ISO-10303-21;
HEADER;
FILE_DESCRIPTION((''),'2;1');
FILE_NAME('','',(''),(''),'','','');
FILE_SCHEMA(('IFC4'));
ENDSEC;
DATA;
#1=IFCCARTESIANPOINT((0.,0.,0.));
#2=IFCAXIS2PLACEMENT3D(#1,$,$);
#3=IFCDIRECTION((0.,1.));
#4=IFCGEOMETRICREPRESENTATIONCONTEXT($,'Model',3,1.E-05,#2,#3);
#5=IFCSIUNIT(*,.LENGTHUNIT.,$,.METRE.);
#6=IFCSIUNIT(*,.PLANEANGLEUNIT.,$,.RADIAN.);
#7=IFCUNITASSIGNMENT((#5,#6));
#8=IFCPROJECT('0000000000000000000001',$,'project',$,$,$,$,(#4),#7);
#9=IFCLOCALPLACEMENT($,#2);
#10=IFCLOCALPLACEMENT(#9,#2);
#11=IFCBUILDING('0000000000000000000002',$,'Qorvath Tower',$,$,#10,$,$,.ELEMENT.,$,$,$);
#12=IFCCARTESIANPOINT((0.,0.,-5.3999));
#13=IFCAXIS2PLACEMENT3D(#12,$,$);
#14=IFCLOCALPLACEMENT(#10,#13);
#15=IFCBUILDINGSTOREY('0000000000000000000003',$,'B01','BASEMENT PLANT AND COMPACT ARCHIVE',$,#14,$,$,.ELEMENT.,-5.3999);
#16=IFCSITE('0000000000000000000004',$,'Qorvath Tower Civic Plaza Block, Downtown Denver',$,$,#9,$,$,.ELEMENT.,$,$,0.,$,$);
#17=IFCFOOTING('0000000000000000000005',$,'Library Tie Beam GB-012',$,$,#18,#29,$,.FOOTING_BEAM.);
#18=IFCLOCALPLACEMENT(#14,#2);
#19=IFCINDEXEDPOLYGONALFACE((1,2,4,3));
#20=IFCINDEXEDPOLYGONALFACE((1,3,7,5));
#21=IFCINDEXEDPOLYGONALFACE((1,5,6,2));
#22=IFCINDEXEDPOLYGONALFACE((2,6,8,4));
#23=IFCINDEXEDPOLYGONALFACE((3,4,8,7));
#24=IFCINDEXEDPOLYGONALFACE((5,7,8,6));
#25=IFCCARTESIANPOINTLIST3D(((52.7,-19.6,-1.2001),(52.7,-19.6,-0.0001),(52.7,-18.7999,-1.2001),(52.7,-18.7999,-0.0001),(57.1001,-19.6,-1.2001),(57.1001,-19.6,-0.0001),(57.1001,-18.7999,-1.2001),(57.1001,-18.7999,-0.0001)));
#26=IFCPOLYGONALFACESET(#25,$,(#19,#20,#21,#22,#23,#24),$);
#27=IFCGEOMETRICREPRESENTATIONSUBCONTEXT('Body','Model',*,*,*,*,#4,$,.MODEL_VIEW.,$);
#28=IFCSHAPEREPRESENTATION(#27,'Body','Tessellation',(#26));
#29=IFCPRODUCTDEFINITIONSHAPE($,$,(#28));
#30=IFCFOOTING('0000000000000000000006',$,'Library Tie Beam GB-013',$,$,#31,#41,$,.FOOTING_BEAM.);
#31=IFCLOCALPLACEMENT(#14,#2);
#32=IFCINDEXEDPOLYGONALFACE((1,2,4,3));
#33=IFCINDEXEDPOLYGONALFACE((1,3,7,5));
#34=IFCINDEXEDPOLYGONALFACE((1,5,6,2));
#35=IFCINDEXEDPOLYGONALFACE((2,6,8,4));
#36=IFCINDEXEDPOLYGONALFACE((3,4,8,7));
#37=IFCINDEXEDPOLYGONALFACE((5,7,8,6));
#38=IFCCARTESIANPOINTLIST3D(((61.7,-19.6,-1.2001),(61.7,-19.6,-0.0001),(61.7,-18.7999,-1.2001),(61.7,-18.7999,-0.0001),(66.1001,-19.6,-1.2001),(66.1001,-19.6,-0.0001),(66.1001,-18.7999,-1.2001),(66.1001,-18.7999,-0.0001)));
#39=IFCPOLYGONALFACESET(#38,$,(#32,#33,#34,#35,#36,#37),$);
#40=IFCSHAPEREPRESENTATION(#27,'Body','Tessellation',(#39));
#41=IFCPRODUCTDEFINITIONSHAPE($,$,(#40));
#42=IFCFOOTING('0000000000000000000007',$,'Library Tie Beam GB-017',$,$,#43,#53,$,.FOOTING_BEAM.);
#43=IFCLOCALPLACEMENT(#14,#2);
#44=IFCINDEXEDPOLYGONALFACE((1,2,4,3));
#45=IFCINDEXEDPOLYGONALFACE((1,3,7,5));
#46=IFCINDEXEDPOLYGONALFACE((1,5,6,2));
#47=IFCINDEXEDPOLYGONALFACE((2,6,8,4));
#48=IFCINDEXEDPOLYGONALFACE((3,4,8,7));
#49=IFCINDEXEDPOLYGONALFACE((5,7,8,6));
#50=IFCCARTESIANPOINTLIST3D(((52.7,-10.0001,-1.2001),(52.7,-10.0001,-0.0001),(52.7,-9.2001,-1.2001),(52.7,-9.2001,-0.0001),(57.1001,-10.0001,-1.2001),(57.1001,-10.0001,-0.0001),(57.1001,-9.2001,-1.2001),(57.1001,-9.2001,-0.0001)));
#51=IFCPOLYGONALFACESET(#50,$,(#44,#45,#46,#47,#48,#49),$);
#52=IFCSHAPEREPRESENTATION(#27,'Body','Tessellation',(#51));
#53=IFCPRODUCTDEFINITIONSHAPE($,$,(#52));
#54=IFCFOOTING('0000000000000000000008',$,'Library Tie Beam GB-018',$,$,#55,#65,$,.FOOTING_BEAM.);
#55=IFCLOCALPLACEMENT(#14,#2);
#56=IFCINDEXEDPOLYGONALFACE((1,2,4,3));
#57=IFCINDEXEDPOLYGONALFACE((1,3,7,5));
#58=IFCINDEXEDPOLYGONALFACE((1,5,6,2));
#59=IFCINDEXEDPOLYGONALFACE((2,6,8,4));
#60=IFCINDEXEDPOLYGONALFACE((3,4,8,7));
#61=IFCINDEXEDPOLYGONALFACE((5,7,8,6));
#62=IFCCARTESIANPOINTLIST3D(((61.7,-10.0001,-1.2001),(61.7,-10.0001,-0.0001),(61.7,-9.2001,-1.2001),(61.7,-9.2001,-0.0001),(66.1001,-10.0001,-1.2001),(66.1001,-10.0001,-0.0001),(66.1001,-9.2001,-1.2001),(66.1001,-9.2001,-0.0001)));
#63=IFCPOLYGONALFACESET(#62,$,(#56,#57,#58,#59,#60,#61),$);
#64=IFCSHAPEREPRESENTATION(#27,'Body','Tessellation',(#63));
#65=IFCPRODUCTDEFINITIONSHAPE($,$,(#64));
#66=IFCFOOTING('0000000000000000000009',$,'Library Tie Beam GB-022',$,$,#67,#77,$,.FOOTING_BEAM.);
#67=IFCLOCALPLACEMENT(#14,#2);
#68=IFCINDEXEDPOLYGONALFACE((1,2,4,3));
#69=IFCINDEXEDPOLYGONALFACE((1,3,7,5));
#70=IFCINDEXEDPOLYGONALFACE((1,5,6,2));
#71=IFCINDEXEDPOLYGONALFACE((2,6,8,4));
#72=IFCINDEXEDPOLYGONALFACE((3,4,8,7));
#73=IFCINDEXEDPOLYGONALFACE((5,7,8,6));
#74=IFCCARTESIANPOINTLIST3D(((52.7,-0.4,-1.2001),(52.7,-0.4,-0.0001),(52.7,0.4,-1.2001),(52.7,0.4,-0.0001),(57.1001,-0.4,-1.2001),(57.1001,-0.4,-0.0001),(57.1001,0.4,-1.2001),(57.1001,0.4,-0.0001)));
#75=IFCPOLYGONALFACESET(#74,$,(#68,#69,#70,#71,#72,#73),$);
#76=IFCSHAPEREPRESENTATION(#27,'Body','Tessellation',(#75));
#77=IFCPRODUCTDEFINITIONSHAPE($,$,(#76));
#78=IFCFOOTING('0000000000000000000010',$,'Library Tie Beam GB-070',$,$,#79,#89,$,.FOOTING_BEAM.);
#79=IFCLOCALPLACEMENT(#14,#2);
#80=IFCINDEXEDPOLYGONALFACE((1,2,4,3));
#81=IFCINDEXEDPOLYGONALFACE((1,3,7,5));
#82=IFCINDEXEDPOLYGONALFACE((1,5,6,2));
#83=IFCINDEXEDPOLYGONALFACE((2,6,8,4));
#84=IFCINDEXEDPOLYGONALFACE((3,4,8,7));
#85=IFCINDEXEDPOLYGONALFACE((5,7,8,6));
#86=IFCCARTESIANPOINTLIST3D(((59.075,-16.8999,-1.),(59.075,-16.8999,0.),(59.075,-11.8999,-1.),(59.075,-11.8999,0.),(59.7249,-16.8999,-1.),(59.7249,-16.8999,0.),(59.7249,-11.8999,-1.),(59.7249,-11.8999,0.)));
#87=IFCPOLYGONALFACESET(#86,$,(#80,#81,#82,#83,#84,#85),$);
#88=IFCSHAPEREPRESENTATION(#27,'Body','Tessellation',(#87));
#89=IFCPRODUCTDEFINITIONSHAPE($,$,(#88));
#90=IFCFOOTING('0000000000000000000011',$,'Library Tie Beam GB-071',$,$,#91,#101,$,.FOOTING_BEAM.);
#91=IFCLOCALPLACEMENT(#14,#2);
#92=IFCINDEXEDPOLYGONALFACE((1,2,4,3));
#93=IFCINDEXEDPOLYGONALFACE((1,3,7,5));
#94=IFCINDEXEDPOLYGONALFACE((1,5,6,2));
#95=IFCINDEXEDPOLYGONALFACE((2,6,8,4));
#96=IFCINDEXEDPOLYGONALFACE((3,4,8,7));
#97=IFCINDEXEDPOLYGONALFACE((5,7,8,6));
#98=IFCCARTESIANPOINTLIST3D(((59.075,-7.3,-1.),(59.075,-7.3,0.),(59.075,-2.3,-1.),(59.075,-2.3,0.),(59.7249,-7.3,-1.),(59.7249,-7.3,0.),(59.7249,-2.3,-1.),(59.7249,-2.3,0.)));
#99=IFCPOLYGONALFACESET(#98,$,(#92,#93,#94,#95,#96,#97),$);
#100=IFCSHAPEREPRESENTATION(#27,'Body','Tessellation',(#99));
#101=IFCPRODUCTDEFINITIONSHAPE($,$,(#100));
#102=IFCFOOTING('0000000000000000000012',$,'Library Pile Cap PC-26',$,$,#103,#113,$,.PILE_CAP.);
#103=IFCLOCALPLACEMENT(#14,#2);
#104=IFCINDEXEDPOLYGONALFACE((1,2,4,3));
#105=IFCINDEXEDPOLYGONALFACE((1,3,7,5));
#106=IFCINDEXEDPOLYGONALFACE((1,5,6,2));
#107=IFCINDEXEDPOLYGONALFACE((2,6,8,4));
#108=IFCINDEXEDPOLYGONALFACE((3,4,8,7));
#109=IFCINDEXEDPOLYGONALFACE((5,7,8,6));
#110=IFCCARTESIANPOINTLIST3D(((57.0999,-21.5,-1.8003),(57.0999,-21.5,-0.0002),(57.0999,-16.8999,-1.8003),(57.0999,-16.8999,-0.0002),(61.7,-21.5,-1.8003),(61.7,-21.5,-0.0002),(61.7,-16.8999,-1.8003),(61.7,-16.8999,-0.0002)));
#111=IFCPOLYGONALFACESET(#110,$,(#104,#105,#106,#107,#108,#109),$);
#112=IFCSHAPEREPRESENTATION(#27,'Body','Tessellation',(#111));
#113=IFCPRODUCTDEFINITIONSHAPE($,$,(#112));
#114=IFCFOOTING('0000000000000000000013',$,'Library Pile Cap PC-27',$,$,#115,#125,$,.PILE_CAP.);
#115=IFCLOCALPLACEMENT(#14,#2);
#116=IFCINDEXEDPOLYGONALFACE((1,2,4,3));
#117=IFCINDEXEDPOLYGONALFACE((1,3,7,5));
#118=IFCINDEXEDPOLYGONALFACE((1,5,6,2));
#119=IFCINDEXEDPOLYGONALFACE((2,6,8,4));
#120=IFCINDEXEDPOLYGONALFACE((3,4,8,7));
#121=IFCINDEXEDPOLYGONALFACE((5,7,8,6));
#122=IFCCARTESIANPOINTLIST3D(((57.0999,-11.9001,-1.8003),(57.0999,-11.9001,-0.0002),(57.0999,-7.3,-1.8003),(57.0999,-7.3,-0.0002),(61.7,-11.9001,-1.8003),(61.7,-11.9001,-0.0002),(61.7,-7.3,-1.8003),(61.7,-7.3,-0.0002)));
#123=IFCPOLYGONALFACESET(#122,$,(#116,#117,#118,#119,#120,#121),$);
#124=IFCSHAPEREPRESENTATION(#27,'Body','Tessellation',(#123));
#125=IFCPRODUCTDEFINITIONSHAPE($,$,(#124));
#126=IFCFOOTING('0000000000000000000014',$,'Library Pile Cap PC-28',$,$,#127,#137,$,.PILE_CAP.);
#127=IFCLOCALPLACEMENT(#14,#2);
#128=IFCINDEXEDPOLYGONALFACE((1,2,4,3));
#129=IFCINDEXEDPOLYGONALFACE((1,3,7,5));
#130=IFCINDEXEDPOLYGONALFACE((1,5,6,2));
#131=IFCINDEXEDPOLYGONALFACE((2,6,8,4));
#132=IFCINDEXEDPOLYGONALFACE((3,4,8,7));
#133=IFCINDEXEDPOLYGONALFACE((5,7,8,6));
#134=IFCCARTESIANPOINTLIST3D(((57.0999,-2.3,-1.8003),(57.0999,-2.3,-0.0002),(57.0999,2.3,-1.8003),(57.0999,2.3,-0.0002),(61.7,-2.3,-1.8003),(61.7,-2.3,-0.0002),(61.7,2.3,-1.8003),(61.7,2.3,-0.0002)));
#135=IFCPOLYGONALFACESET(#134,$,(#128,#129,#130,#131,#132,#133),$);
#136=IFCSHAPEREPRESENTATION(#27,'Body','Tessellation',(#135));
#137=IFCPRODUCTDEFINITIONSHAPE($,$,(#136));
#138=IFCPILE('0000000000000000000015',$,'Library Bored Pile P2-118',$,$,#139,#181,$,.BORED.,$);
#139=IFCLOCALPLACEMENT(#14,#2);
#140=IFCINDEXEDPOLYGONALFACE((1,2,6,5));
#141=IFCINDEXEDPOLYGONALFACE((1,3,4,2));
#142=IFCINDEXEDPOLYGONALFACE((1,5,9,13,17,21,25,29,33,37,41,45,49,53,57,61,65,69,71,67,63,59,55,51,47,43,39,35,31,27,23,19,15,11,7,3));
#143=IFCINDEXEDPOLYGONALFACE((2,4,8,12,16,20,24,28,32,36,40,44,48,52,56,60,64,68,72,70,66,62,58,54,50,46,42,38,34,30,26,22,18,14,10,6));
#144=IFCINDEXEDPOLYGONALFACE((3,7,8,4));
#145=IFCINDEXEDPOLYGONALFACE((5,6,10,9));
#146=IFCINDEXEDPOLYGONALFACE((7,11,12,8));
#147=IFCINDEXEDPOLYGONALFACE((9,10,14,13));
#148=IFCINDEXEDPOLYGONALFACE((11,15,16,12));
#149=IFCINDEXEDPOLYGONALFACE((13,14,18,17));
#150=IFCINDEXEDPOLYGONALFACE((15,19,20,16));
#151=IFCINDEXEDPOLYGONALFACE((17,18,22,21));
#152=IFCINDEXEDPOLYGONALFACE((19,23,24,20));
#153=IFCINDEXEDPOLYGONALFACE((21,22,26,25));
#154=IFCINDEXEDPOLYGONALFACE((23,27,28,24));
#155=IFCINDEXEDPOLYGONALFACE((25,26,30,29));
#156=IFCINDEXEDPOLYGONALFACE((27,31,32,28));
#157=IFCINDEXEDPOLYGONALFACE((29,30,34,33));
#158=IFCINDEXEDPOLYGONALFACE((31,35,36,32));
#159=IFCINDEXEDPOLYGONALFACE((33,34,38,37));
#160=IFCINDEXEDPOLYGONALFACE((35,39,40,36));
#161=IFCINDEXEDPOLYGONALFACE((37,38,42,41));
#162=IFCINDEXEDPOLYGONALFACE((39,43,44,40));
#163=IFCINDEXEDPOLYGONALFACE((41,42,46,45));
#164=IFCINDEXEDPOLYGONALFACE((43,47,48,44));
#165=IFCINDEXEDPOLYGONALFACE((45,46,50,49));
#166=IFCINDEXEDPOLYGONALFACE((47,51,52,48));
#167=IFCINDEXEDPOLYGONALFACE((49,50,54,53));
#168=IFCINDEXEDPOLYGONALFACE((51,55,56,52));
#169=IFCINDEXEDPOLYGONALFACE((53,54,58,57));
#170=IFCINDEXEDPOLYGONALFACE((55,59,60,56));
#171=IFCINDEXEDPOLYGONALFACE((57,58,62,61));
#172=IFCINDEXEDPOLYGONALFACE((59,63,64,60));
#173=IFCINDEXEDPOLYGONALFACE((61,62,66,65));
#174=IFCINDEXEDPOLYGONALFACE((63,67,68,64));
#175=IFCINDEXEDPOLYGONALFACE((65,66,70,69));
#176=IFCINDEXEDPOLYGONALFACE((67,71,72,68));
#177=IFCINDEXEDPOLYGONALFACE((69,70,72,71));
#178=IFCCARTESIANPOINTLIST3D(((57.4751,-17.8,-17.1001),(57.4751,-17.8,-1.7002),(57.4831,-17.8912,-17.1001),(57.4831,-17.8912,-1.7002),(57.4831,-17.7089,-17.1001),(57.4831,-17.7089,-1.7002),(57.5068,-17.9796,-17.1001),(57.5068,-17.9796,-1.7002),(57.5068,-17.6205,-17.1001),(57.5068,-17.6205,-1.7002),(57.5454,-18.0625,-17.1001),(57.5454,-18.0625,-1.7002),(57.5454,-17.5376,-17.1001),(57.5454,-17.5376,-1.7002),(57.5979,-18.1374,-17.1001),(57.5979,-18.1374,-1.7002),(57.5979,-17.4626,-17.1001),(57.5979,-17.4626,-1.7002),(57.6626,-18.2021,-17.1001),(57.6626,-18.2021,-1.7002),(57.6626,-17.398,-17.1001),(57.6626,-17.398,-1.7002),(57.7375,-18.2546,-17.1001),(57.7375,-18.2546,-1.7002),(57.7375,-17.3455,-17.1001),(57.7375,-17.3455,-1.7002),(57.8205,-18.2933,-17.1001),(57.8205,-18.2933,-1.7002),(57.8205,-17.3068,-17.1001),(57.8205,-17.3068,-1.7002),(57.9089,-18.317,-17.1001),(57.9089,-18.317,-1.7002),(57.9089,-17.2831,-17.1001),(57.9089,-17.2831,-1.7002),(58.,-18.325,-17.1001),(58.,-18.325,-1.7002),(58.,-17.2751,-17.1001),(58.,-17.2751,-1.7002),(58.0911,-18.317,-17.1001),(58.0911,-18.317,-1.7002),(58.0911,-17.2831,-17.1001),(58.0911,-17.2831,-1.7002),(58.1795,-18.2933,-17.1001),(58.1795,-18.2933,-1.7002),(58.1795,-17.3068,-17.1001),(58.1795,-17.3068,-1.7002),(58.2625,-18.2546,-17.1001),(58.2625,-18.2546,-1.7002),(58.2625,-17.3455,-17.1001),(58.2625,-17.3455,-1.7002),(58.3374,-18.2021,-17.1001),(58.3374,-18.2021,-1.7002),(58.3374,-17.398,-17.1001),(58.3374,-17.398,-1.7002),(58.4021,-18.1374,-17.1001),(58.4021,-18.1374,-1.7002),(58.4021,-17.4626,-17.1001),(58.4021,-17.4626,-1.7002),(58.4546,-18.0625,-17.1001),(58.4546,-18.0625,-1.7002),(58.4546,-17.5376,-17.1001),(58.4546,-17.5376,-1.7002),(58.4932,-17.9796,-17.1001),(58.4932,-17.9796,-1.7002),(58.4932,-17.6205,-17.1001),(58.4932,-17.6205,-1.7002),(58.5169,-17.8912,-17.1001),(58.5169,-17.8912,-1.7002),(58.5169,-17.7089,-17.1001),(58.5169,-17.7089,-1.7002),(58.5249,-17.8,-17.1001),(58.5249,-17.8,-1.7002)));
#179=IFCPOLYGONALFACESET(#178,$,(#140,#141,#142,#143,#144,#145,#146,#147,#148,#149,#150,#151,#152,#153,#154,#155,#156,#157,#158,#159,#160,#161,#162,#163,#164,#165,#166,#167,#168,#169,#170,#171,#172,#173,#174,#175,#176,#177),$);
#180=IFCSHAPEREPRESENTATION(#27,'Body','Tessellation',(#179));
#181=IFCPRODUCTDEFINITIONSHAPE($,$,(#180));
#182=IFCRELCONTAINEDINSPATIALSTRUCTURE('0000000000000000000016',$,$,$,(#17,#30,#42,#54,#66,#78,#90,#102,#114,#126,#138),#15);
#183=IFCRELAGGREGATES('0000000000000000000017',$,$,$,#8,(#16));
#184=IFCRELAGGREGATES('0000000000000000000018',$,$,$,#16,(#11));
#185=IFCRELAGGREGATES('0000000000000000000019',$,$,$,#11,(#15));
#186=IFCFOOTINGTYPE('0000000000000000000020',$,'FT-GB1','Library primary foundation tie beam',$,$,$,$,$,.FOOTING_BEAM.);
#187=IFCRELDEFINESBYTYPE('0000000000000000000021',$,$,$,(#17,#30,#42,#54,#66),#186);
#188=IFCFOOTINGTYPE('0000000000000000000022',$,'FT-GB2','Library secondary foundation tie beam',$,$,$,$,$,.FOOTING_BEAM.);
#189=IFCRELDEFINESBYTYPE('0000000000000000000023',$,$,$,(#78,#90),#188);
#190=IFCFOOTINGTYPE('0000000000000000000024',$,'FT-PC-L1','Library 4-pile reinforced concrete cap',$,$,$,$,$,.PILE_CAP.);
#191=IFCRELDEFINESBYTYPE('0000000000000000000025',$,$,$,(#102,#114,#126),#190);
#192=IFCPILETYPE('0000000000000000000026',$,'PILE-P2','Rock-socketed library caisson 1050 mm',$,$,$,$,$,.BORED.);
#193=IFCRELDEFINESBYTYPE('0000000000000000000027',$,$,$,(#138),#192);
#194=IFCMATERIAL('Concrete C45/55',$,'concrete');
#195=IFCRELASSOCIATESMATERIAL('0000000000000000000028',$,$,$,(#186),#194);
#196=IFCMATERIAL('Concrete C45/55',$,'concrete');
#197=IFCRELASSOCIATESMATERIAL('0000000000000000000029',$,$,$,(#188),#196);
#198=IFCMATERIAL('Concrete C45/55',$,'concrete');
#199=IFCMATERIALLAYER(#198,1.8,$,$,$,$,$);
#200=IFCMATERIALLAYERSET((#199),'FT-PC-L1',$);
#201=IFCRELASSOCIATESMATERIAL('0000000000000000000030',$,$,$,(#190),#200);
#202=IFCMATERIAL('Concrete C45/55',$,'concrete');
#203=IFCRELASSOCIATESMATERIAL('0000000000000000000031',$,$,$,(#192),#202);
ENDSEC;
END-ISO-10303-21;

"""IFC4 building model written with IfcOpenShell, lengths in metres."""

from ifc_helpers import new_model, si_unit, direction, frame, origin, origin_2d, place, context, subcontext, project, spatial, rectangle, circle, extrude, material, layer, layer_set, material_profile, profile_set, type_object, element, save


model = new_model("IFC4")

# Units and contexts
model_context = context("Model", 3, precision=1e-05, world=origin(), true_north=direction((0.0, 1.0)))
body_context = subcontext(model_context, "Body", "Model", "MODEL_VIEW")
ifc_project = project(units=[si_unit("LENGTHUNIT", "METRE"), si_unit("PLANEANGLEUNIT", "RADIAN")], contexts=[model_context])

# Site, building, storey
site_placement = place(None, origin())
site = spatial("IfcSite", under=ifc_project, at=site_placement, Name="Qorvath Tower Civic Plaza Block, Downtown Denver", CompositionType="ELEMENT", RefElevation=0.0)
building_placement = place(site_placement, origin())
building = spatial("IfcBuilding", under=site, at=building_placement, Name="Qorvath Tower", CompositionType="ELEMENT")
storey_placement = place(building_placement, frame((0.0, 0.0, -5.3999)))
storey = spatial("IfcBuildingStorey", under=building, at=storey_placement, Name="B01", Description="BASEMENT PLANT AND COMPACT ARCHIVE", CompositionType="ELEMENT", Elevation=-5.3999)

# Footings
ifc_material_1 = material(Name="Concrete C45/55", Category="concrete")
ifc_material_profile_1 = material_profile(ifc_material_1, rectangle(XDim=0.8, YDim=1.2, at=origin_2d()), Name="GB 800x1200")
ifc_profile_set_1 = profile_set([ifc_material_profile_1], Name="Concrete C45/55")
footing_type_1 = type_object("IfcFootingType", Name="FT-GB1", Description="Library primary foundation tie beam", PredefinedType="FOOTING_BEAM", material=ifc_profile_set_1)
for number, where, z_axis, x_axis, name in (
    (1, (52.7, -19.2, -0.6001), (1.0, 0.0, 0.0), (0.0, 1.0, 0.0), "Library Tie Beam GB-012"),
    (2, (61.7, -19.2, -0.6001), (1.0, 0.0, 0.0), (0.0, 1.0, 0.0), "Library Tie Beam GB-013"),
    (3, (52.7, -9.6001, -0.6001), (1.0, 0.0, 0.0), (0.0, 1.0, 0.0), "Library Tie Beam GB-017"),
    (4, (61.7, -9.6001, -0.6001), (1.0, 0.0, 0.0), (0.0, 1.0, 0.0), "Library Tie Beam GB-018"),
    (5, (52.7, 0.0, -0.6001), (1.0, 0.0, 0.0), (0.0, 1.0, 0.0), "Library Tie Beam GB-022"),
):
    element("IfcFooting", number, at=place(storey_placement, frame(where, z_axis=z_axis, x_axis=x_axis)), inside=storey, type_object=footing_type_1, Name=name, PredefinedType="FOOTING_BEAM", context=body_context, shape_type="SweptSolid", body=[
        extrude(rectangle(XDim=0.8, YDim=1.2, at=origin_2d()), origin(), (0.0, 0.0, 1.0), 4.4001),
    ])
ifc_material_2 = material(Name="Concrete C45/55", Category="concrete")
ifc_material_profile_2 = material_profile(ifc_material_2, rectangle(XDim=0.6499, YDim=1.0, at=origin_2d()), Name="GB 650x1000")
ifc_profile_set_2 = profile_set([ifc_material_profile_2], Name="Concrete C45/55")
footing_type_2 = type_object("IfcFootingType", Name="FT-GB2", Description="Library secondary foundation tie beam", PredefinedType="FOOTING_BEAM", material=ifc_profile_set_2)
for number, where, z_axis, x_axis, name in (
    (6, (59.3999, -16.8999, -0.5), (0.0, 1.0, 0.0), (-1.0, 0.0, 0.0), "Library Tie Beam GB-070"),
    (7, (59.3999, -7.3, -0.5), (0.0, 1.0, 0.0), (-1.0, 0.0, 0.0), "Library Tie Beam GB-071"),
):
    element("IfcFooting", number, at=place(storey_placement, frame(where, z_axis=z_axis, x_axis=x_axis)), inside=storey, type_object=footing_type_2, Name=name, PredefinedType="FOOTING_BEAM", context=body_context, shape_type="SweptSolid", body=[
        extrude(rectangle(XDim=0.6499, YDim=1.0, at=origin_2d()), origin(), (0.0, 0.0, 1.0), 5.0),
    ])
ifc_material_3 = material(Name="Concrete C45/55", Category="concrete")
ifc_layer_1 = layer(ifc_material_3, 1.8)
ifc_layer_set_1 = layer_set([ifc_layer_1], Name="FT-PC-L1")
footing_type_3 = type_object("IfcFootingType", Name="FT-PC-L1", Description="Library 4-pile reinforced concrete cap", PredefinedType="PILE_CAP", material=ifc_layer_set_1)
for number, where, z_axis, x_axis, name in (
    (8, (59.3999, -19.2, -1.8003), (0.0, 0.0, 1.0), (1.0, 0.0, 0.0), "Library Pile Cap PC-26"),
    (9, (59.3999, -9.6001, -1.8003), (0.0, 0.0, 1.0), (1.0, 0.0, 0.0), "Library Pile Cap PC-27"),
    (10, (59.3999, 0.0, -1.8003), (0.0, 0.0, 1.0), (1.0, 0.0, 0.0), "Library Pile Cap PC-28"),
):
    element("IfcFooting", number, at=place(storey_placement, frame(where, z_axis=z_axis, x_axis=x_axis)), inside=storey, type_object=footing_type_3, Name=name, PredefinedType="PILE_CAP", context=body_context, shape_type="SweptSolid", body=[
        extrude(rectangle(XDim=4.6001, YDim=4.6001, at=origin_2d()), origin(), (0.0, 0.0, 1.0), 1.8),
    ])

# Pile
ifc_material_4 = material(Name="Concrete C45/55", Category="concrete")
ifc_material_profile_3 = material_profile(ifc_material_4, circle(Radius=0.5249, at=origin_2d()), Name="BORED PILE 1050")
ifc_profile_set_3 = profile_set([ifc_material_profile_3], Name="Concrete C45/55")
pile_type = type_object("IfcPileType", Name="PILE-P2", Description="Rock-socketed library caisson 1050 mm", PredefinedType="BORED", material=ifc_profile_set_3)
for number, where, z_axis, x_axis, name in (
    (11, (58.0, -17.8, -1.7002), (0.0, 0.0, -1.0), (1.0, 0.0, 0.0), "Library Bored Pile P2-118"),
):
    element("IfcPile", number, at=place(storey_placement, frame(where, z_axis=z_axis, x_axis=x_axis)), inside=storey, type_object=pile_type, Name=name, PredefinedType="BORED", context=body_context, shape_type="SweptSolid", body=[
        extrude(circle(Radius=0.5249, at=origin_2d()), origin(), (0.0, 0.0, 1.0), 15.3999),
    ])

save(model, "model.ifc")
